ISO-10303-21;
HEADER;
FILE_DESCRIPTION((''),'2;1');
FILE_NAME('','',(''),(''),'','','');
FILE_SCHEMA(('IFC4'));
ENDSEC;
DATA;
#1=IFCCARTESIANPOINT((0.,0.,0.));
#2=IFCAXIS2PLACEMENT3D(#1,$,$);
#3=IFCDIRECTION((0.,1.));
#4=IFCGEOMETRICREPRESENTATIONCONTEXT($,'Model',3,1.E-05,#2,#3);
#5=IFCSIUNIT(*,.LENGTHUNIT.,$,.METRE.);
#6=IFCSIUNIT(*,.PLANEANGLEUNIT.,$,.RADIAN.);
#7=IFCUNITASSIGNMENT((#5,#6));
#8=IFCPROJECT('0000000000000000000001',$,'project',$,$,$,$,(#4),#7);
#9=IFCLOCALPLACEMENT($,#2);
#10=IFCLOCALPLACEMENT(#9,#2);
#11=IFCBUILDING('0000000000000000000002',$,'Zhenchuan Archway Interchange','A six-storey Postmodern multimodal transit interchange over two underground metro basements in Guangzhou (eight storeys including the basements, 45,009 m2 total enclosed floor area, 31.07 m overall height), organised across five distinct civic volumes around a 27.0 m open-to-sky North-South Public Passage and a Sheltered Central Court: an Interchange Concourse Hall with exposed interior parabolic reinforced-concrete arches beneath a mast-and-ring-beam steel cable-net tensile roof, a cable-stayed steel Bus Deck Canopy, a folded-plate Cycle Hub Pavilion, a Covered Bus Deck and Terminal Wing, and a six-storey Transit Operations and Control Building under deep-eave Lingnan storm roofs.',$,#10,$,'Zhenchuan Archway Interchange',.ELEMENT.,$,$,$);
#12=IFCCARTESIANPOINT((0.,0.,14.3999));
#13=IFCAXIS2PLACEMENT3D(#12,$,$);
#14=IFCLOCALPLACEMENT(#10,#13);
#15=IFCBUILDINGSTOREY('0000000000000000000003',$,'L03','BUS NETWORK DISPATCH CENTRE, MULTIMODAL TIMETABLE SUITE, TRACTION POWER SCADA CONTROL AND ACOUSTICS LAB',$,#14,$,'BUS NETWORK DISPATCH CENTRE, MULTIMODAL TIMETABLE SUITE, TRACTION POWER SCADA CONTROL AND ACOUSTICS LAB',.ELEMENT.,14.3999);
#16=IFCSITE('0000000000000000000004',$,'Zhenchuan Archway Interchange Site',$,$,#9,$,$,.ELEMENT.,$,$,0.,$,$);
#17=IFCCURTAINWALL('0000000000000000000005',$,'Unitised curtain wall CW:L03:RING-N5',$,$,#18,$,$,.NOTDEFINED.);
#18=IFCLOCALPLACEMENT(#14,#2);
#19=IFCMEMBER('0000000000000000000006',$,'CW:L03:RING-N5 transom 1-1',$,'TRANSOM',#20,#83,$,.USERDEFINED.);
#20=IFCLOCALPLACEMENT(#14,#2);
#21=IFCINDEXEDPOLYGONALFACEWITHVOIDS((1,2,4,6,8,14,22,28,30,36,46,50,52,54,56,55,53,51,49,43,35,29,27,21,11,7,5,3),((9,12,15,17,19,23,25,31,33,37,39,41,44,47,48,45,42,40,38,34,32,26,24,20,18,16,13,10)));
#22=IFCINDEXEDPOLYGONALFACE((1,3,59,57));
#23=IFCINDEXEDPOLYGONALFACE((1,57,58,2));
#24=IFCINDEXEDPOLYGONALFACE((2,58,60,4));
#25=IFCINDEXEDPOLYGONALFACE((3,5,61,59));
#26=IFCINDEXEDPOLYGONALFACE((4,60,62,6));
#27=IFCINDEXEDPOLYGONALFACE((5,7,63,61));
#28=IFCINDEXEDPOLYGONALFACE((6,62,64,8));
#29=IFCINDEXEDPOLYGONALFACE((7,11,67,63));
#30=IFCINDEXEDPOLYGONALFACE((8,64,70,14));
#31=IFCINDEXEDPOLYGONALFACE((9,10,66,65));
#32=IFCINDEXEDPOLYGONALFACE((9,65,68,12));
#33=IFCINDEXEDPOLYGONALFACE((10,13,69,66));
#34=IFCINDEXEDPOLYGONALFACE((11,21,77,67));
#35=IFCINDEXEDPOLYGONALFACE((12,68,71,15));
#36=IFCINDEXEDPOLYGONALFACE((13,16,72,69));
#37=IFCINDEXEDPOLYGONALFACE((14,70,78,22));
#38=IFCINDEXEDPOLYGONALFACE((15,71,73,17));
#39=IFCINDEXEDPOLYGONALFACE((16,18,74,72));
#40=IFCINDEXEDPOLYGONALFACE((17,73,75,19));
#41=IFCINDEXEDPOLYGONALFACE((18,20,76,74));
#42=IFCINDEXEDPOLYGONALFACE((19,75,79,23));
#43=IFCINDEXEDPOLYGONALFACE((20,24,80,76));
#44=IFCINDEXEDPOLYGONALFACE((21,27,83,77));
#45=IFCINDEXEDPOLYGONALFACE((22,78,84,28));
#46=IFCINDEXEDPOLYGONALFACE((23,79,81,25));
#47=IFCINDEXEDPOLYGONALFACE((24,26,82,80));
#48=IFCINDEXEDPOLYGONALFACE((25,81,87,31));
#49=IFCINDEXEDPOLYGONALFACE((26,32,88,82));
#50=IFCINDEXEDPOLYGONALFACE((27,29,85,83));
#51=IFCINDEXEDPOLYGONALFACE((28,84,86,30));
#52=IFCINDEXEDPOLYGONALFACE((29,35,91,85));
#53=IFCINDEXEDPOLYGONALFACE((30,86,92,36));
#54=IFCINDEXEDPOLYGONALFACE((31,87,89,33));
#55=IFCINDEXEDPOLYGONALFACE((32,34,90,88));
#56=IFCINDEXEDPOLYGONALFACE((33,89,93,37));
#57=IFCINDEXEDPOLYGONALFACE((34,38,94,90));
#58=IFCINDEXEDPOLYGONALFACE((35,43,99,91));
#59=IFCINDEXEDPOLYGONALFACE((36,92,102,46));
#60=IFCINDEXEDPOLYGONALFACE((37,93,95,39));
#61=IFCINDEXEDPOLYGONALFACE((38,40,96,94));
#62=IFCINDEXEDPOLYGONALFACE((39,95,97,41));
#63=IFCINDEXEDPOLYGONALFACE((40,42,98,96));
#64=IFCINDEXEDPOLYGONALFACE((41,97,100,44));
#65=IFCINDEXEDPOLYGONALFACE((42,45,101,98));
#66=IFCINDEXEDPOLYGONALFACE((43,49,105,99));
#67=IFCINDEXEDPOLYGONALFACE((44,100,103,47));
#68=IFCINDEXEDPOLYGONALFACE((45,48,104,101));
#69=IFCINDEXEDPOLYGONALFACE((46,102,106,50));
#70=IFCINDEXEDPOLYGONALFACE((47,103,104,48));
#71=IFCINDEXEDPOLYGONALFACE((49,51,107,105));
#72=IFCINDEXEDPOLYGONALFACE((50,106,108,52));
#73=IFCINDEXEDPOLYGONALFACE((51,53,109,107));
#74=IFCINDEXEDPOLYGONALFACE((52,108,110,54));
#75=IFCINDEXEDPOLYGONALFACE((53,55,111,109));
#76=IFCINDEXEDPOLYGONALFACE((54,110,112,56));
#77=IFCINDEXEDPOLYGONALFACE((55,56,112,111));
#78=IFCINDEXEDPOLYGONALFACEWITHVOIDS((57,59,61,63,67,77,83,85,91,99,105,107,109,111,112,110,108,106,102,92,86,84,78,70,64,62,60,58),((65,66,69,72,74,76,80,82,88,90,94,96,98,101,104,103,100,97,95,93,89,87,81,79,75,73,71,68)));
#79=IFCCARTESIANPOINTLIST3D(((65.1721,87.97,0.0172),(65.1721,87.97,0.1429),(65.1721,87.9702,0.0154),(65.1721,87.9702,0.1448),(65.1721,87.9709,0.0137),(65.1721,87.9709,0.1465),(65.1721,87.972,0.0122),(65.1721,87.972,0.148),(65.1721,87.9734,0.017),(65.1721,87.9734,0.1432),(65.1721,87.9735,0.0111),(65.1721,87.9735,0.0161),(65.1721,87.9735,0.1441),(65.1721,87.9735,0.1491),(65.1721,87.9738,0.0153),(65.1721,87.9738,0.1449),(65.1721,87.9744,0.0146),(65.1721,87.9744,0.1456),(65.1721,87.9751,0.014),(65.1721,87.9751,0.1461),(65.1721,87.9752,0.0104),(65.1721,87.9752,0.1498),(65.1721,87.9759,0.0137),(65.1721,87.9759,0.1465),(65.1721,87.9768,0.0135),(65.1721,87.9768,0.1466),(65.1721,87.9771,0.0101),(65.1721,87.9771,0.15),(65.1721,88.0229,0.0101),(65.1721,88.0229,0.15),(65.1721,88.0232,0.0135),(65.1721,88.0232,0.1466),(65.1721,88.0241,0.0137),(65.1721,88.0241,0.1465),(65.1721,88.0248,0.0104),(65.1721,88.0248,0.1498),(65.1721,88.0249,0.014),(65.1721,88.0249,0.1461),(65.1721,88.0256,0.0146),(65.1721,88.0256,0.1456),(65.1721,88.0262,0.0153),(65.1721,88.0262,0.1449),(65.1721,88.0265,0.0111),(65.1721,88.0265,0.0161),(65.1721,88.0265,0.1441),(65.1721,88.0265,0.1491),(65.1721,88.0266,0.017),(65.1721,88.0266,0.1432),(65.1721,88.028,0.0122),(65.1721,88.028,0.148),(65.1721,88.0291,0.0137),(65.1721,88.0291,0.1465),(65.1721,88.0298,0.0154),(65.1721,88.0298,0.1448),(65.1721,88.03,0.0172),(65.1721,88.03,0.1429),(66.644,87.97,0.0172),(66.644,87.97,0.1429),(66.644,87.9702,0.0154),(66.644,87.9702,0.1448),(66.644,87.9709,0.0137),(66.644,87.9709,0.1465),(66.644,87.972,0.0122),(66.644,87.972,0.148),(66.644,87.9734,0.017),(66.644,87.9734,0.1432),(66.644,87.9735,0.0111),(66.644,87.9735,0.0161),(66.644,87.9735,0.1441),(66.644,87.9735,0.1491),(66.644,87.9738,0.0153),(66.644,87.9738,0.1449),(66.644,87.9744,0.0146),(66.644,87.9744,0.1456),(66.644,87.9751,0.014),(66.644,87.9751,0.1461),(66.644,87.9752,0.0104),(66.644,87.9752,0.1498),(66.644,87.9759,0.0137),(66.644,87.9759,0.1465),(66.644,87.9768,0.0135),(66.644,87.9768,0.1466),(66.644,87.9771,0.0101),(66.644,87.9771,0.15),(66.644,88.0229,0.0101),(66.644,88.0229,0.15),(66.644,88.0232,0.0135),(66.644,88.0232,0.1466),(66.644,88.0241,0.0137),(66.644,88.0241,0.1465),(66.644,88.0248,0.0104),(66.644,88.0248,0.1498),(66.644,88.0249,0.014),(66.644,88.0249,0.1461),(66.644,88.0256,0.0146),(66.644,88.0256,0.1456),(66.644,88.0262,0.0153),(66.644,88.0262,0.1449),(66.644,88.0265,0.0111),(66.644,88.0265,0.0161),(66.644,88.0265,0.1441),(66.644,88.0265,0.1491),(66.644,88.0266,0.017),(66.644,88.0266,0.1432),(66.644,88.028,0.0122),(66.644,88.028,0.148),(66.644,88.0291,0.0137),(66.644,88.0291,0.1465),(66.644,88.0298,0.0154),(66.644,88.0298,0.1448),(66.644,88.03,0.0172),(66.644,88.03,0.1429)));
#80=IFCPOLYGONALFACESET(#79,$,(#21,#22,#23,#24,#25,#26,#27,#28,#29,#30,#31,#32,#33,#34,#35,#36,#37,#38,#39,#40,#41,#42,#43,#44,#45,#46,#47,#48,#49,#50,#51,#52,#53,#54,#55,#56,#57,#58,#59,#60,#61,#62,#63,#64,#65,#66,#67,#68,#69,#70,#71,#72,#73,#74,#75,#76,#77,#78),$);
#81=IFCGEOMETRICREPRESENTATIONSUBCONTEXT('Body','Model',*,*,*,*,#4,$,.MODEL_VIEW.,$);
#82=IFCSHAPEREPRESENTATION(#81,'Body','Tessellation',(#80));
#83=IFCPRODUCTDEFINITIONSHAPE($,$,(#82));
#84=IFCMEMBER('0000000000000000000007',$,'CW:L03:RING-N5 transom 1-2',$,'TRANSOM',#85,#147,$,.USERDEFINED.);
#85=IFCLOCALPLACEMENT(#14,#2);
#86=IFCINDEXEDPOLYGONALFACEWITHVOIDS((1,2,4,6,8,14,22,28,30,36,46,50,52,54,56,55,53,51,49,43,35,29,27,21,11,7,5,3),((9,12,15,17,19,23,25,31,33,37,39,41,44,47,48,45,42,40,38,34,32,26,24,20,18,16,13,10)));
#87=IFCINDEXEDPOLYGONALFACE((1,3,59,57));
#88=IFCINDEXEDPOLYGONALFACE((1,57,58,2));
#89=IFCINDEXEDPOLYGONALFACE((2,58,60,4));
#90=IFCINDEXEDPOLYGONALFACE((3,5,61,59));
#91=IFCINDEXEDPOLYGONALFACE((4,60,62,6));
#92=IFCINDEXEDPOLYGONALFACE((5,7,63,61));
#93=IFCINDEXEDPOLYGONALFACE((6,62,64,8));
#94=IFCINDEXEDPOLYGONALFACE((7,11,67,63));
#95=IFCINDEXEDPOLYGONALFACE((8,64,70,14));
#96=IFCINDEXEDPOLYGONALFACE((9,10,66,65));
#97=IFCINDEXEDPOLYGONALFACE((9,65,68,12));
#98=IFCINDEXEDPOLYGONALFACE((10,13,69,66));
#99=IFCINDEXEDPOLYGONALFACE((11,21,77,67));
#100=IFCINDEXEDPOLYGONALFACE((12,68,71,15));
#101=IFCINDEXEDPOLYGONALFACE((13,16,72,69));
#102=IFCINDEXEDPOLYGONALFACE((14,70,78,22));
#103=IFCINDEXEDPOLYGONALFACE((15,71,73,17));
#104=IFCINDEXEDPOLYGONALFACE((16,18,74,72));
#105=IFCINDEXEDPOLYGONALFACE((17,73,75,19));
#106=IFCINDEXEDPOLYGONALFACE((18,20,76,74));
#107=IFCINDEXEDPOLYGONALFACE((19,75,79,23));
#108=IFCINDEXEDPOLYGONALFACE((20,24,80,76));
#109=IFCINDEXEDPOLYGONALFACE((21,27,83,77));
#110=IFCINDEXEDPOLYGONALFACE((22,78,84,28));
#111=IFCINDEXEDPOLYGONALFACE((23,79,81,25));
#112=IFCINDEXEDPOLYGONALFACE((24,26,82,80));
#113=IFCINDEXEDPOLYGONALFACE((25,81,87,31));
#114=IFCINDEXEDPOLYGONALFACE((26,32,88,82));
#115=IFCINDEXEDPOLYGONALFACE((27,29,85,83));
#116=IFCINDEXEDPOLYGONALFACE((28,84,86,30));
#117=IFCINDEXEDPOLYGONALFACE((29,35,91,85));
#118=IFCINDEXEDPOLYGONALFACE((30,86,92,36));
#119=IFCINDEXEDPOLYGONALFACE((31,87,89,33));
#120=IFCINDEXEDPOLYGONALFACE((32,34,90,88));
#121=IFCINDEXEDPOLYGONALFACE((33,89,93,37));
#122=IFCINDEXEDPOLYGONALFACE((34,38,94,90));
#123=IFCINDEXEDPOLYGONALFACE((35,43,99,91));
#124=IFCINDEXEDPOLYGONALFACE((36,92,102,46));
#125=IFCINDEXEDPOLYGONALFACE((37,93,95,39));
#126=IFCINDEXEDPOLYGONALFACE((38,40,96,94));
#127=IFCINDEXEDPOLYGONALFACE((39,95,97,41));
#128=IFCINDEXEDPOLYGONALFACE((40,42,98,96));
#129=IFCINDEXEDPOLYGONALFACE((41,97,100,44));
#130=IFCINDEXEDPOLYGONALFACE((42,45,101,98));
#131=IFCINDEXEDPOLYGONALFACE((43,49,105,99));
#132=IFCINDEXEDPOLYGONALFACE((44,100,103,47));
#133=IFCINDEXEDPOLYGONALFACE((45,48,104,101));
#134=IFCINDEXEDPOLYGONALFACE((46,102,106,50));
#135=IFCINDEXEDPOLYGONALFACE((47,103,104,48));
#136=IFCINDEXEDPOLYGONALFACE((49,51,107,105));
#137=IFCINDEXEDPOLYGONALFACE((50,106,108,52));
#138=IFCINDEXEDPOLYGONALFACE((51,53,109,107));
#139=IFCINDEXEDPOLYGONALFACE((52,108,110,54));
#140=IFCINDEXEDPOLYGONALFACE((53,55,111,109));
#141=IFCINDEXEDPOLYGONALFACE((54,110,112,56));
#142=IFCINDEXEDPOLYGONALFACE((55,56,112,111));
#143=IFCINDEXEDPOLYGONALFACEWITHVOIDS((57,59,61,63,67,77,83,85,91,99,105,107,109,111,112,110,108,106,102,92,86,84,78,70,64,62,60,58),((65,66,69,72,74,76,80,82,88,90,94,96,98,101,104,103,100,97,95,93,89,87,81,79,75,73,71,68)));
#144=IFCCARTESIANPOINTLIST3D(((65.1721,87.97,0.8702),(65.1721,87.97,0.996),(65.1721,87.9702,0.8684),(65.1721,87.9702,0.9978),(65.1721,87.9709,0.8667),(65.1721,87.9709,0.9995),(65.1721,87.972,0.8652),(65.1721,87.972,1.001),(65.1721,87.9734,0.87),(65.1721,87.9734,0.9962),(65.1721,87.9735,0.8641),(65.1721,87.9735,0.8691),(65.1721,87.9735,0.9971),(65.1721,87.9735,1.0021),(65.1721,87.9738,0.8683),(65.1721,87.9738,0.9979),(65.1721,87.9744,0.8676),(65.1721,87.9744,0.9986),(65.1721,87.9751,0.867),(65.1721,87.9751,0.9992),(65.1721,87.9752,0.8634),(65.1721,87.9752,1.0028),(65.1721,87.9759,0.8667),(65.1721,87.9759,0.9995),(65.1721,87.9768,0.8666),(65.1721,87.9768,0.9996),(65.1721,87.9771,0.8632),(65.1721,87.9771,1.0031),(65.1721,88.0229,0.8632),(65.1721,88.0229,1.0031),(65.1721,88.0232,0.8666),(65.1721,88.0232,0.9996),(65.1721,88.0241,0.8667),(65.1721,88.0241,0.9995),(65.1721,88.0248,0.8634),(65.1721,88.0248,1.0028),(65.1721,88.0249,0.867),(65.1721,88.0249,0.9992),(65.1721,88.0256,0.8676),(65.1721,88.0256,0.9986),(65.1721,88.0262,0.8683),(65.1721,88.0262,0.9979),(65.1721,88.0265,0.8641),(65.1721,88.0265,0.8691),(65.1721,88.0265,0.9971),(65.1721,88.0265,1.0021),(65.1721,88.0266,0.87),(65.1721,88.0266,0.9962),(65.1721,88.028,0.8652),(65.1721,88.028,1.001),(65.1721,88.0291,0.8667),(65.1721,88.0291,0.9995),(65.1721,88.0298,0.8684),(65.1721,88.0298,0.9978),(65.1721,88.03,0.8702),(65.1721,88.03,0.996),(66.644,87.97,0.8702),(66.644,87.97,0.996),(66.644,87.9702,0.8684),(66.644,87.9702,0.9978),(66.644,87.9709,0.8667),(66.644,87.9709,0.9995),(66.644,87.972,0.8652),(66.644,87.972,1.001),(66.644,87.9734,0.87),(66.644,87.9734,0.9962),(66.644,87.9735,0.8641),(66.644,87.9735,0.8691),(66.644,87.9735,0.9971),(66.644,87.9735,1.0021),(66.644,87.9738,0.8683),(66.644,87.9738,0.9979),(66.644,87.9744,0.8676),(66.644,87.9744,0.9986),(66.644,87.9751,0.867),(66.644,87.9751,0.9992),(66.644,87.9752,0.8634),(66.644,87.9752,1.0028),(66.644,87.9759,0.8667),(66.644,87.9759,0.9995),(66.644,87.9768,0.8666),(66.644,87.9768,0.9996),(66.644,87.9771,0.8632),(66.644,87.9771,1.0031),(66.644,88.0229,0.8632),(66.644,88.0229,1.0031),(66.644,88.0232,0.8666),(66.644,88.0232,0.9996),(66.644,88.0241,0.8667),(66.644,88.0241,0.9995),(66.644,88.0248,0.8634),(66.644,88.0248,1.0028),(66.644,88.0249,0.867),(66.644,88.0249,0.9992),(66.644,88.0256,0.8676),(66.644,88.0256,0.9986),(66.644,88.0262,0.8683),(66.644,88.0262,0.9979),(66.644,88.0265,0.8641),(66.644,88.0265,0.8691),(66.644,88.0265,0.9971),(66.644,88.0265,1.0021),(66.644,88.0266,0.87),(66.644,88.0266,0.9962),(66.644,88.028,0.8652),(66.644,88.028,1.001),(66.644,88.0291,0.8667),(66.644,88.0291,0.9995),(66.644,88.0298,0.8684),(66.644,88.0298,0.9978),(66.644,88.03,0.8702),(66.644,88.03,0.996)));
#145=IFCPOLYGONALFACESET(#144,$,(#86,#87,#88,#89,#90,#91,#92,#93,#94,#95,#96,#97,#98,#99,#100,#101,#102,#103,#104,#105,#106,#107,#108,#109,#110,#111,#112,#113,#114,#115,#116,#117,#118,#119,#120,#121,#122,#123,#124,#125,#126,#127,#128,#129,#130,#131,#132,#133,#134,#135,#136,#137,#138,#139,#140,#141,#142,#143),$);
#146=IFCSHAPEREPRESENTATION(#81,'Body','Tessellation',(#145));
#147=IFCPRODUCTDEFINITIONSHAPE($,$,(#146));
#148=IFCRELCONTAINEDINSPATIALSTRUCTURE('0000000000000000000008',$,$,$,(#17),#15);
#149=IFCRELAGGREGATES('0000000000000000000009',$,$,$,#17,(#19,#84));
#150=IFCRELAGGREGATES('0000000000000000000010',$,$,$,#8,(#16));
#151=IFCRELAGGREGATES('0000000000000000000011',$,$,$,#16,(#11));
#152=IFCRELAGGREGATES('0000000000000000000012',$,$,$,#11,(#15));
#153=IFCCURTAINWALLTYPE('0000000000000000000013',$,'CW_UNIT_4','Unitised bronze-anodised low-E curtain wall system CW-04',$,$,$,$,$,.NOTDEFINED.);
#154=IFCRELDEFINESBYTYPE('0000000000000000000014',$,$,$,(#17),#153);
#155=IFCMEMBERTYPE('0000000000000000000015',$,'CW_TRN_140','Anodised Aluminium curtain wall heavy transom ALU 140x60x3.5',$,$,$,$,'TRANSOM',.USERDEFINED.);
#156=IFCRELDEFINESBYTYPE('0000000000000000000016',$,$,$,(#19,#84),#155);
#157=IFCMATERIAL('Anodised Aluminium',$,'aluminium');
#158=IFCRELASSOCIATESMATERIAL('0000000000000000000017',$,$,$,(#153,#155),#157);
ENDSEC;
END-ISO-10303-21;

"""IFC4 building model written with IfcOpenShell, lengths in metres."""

from ifc_helpers import new_model, si_unit, direction, frame, origin, origin_2d, place, context, subcontext, project, spatial, hollow_rectangle, extrude, material, material_profile, profile_set, type_object, element, aggregate, save


model = new_model("IFC4")

# Units and contexts
model_context = context("Model", 3, precision=1e-05, world=origin(), true_north=direction((0.0, 1.0)))
body_context = subcontext(model_context, "Body", "Model", "MODEL_VIEW")
ifc_project = project(units=[si_unit("LENGTHUNIT", "METRE"), si_unit("PLANEANGLEUNIT", "RADIAN")], contexts=[model_context])

# Site, building, storey
site_placement = place(None, origin())
site = spatial("IfcSite", under=ifc_project, at=site_placement, Name="Zhenchuan Archway Interchange Site", CompositionType="ELEMENT", RefElevation=0.0)
building_placement = place(site_placement, origin())
building = spatial("IfcBuilding", under=site, at=building_placement, Name="Zhenchuan Archway Interchange", Description="A six-storey Postmodern multimodal transit interchange over two underground metro basements in Guangzhou (eight storeys including the basements, 45,009 m2 total enclosed floor area, 31.07 m overall height), organised across five distinct civic volumes around a 27.0 m open-to-sky North-South Public Passage and a Sheltered Central Court: an Interchange Concourse Hall with exposed interior parabolic reinforced-concrete arches beneath a mast-and-ring-beam steel cable-net tensile roof, a cable-stayed steel Bus Deck Canopy, a folded-plate Cycle Hub Pavilion, a Covered Bus Deck and Terminal Wing, and a six-storey Transit Operations and Control Building under deep-eave Lingnan storm roofs.", LongName="Zhenchuan Archway Interchange", CompositionType="ELEMENT")
storey_placement = place(building_placement, frame((0.0, 0.0, 14.3999)))
storey = spatial("IfcBuildingStorey", under=building, at=storey_placement, Name="L03", Description="BUS NETWORK DISPATCH CENTRE, MULTIMODAL TIMETABLE SUITE, TRACTION POWER SCADA CONTROL AND ACOUSTICS LAB", LongName="BUS NETWORK DISPATCH CENTRE, MULTIMODAL TIMETABLE SUITE, TRACTION POWER SCADA CONTROL AND ACOUSTICS LAB", CompositionType="ELEMENT", Elevation=14.3999)

# Curtain wall
ifc_material_1 = material(Name="Anodised Aluminium", Category="aluminium")
curtain_wall_type = type_object("IfcCurtainWallType", Name="CW_UNIT_4", Description="Unitised bronze-anodised low-E curtain wall system CW-04", PredefinedType="NOTDEFINED", material=ifc_material_1)
curtain_wall_1_placement = place(storey_placement, origin())
curtain_wall_1 = element("IfcCurtainWall", 1, at=curtain_wall_1_placement, inside=storey, type_object=curtain_wall_type, Name="Unitised curtain wall CW:L03:RING-N5", PredefinedType="NOTDEFINED")

# Members
ifc_material_profile_1 = material_profile(ifc_material_1, hollow_rectangle(XDim=0.0601, YDim=0.1399, WallThickness=0.0034, InnerFilletRadius=0.0034, OuterFilletRadius=0.0071, at=origin_2d()), Name="ALU 140x60x3.5")
ifc_profile_set_1 = profile_set([ifc_material_profile_1], Name="Anodised Aluminium")
member_type_1 = type_object("IfcMemberType", Name="CW_TRN_140", Description="Anodised Aluminium curtain wall heavy transom ALU 140x60x3.5", ElementType="TRANSOM", PredefinedType="USERDEFINED", material=ifc_profile_set_1)
member_1_placement = place(storey_placement, frame((65.1721, 88.0, 0.0801), z_axis=(1.0, 0.0, 0.0), x_axis=(0.0, 1.0, 0.0)))
member_1 = element("IfcMember", 2, at=member_1_placement, type_object=member_type_1, Name="CW:L03:RING-N5 transom 1-1", ObjectType="TRANSOM", PredefinedType="USERDEFINED", context=body_context, shape_type="SweptSolid", body=[
    extrude(hollow_rectangle(XDim=0.0601, YDim=0.1399, WallThickness=0.0034, InnerFilletRadius=0.0034, OuterFilletRadius=0.0071, at=origin_2d()), origin(), (0.0, 0.0, 1.0), 1.4719),
])
member_2_placement = place(storey_placement, frame((65.1721, 88.0, 0.9331), z_axis=(1.0, 0.0, 0.0), x_axis=(0.0, 1.0, 0.0)))
member_2 = element("IfcMember", 3, at=member_2_placement, type_object=member_type_1, Name="CW:L03:RING-N5 transom 1-2", ObjectType="TRANSOM", PredefinedType="USERDEFINED", context=body_context, shape_type="SweptSolid", body=[
    extrude(hollow_rectangle(XDim=0.0601, YDim=0.1399, WallThickness=0.0034, InnerFilletRadius=0.0034, OuterFilletRadius=0.0071, at=origin_2d()), origin(), (0.0, 0.0, 1.0), 1.4719),
])

aggregate(curtain_wall_1, [member_1, member_2])

save(model, "model.ifc")
